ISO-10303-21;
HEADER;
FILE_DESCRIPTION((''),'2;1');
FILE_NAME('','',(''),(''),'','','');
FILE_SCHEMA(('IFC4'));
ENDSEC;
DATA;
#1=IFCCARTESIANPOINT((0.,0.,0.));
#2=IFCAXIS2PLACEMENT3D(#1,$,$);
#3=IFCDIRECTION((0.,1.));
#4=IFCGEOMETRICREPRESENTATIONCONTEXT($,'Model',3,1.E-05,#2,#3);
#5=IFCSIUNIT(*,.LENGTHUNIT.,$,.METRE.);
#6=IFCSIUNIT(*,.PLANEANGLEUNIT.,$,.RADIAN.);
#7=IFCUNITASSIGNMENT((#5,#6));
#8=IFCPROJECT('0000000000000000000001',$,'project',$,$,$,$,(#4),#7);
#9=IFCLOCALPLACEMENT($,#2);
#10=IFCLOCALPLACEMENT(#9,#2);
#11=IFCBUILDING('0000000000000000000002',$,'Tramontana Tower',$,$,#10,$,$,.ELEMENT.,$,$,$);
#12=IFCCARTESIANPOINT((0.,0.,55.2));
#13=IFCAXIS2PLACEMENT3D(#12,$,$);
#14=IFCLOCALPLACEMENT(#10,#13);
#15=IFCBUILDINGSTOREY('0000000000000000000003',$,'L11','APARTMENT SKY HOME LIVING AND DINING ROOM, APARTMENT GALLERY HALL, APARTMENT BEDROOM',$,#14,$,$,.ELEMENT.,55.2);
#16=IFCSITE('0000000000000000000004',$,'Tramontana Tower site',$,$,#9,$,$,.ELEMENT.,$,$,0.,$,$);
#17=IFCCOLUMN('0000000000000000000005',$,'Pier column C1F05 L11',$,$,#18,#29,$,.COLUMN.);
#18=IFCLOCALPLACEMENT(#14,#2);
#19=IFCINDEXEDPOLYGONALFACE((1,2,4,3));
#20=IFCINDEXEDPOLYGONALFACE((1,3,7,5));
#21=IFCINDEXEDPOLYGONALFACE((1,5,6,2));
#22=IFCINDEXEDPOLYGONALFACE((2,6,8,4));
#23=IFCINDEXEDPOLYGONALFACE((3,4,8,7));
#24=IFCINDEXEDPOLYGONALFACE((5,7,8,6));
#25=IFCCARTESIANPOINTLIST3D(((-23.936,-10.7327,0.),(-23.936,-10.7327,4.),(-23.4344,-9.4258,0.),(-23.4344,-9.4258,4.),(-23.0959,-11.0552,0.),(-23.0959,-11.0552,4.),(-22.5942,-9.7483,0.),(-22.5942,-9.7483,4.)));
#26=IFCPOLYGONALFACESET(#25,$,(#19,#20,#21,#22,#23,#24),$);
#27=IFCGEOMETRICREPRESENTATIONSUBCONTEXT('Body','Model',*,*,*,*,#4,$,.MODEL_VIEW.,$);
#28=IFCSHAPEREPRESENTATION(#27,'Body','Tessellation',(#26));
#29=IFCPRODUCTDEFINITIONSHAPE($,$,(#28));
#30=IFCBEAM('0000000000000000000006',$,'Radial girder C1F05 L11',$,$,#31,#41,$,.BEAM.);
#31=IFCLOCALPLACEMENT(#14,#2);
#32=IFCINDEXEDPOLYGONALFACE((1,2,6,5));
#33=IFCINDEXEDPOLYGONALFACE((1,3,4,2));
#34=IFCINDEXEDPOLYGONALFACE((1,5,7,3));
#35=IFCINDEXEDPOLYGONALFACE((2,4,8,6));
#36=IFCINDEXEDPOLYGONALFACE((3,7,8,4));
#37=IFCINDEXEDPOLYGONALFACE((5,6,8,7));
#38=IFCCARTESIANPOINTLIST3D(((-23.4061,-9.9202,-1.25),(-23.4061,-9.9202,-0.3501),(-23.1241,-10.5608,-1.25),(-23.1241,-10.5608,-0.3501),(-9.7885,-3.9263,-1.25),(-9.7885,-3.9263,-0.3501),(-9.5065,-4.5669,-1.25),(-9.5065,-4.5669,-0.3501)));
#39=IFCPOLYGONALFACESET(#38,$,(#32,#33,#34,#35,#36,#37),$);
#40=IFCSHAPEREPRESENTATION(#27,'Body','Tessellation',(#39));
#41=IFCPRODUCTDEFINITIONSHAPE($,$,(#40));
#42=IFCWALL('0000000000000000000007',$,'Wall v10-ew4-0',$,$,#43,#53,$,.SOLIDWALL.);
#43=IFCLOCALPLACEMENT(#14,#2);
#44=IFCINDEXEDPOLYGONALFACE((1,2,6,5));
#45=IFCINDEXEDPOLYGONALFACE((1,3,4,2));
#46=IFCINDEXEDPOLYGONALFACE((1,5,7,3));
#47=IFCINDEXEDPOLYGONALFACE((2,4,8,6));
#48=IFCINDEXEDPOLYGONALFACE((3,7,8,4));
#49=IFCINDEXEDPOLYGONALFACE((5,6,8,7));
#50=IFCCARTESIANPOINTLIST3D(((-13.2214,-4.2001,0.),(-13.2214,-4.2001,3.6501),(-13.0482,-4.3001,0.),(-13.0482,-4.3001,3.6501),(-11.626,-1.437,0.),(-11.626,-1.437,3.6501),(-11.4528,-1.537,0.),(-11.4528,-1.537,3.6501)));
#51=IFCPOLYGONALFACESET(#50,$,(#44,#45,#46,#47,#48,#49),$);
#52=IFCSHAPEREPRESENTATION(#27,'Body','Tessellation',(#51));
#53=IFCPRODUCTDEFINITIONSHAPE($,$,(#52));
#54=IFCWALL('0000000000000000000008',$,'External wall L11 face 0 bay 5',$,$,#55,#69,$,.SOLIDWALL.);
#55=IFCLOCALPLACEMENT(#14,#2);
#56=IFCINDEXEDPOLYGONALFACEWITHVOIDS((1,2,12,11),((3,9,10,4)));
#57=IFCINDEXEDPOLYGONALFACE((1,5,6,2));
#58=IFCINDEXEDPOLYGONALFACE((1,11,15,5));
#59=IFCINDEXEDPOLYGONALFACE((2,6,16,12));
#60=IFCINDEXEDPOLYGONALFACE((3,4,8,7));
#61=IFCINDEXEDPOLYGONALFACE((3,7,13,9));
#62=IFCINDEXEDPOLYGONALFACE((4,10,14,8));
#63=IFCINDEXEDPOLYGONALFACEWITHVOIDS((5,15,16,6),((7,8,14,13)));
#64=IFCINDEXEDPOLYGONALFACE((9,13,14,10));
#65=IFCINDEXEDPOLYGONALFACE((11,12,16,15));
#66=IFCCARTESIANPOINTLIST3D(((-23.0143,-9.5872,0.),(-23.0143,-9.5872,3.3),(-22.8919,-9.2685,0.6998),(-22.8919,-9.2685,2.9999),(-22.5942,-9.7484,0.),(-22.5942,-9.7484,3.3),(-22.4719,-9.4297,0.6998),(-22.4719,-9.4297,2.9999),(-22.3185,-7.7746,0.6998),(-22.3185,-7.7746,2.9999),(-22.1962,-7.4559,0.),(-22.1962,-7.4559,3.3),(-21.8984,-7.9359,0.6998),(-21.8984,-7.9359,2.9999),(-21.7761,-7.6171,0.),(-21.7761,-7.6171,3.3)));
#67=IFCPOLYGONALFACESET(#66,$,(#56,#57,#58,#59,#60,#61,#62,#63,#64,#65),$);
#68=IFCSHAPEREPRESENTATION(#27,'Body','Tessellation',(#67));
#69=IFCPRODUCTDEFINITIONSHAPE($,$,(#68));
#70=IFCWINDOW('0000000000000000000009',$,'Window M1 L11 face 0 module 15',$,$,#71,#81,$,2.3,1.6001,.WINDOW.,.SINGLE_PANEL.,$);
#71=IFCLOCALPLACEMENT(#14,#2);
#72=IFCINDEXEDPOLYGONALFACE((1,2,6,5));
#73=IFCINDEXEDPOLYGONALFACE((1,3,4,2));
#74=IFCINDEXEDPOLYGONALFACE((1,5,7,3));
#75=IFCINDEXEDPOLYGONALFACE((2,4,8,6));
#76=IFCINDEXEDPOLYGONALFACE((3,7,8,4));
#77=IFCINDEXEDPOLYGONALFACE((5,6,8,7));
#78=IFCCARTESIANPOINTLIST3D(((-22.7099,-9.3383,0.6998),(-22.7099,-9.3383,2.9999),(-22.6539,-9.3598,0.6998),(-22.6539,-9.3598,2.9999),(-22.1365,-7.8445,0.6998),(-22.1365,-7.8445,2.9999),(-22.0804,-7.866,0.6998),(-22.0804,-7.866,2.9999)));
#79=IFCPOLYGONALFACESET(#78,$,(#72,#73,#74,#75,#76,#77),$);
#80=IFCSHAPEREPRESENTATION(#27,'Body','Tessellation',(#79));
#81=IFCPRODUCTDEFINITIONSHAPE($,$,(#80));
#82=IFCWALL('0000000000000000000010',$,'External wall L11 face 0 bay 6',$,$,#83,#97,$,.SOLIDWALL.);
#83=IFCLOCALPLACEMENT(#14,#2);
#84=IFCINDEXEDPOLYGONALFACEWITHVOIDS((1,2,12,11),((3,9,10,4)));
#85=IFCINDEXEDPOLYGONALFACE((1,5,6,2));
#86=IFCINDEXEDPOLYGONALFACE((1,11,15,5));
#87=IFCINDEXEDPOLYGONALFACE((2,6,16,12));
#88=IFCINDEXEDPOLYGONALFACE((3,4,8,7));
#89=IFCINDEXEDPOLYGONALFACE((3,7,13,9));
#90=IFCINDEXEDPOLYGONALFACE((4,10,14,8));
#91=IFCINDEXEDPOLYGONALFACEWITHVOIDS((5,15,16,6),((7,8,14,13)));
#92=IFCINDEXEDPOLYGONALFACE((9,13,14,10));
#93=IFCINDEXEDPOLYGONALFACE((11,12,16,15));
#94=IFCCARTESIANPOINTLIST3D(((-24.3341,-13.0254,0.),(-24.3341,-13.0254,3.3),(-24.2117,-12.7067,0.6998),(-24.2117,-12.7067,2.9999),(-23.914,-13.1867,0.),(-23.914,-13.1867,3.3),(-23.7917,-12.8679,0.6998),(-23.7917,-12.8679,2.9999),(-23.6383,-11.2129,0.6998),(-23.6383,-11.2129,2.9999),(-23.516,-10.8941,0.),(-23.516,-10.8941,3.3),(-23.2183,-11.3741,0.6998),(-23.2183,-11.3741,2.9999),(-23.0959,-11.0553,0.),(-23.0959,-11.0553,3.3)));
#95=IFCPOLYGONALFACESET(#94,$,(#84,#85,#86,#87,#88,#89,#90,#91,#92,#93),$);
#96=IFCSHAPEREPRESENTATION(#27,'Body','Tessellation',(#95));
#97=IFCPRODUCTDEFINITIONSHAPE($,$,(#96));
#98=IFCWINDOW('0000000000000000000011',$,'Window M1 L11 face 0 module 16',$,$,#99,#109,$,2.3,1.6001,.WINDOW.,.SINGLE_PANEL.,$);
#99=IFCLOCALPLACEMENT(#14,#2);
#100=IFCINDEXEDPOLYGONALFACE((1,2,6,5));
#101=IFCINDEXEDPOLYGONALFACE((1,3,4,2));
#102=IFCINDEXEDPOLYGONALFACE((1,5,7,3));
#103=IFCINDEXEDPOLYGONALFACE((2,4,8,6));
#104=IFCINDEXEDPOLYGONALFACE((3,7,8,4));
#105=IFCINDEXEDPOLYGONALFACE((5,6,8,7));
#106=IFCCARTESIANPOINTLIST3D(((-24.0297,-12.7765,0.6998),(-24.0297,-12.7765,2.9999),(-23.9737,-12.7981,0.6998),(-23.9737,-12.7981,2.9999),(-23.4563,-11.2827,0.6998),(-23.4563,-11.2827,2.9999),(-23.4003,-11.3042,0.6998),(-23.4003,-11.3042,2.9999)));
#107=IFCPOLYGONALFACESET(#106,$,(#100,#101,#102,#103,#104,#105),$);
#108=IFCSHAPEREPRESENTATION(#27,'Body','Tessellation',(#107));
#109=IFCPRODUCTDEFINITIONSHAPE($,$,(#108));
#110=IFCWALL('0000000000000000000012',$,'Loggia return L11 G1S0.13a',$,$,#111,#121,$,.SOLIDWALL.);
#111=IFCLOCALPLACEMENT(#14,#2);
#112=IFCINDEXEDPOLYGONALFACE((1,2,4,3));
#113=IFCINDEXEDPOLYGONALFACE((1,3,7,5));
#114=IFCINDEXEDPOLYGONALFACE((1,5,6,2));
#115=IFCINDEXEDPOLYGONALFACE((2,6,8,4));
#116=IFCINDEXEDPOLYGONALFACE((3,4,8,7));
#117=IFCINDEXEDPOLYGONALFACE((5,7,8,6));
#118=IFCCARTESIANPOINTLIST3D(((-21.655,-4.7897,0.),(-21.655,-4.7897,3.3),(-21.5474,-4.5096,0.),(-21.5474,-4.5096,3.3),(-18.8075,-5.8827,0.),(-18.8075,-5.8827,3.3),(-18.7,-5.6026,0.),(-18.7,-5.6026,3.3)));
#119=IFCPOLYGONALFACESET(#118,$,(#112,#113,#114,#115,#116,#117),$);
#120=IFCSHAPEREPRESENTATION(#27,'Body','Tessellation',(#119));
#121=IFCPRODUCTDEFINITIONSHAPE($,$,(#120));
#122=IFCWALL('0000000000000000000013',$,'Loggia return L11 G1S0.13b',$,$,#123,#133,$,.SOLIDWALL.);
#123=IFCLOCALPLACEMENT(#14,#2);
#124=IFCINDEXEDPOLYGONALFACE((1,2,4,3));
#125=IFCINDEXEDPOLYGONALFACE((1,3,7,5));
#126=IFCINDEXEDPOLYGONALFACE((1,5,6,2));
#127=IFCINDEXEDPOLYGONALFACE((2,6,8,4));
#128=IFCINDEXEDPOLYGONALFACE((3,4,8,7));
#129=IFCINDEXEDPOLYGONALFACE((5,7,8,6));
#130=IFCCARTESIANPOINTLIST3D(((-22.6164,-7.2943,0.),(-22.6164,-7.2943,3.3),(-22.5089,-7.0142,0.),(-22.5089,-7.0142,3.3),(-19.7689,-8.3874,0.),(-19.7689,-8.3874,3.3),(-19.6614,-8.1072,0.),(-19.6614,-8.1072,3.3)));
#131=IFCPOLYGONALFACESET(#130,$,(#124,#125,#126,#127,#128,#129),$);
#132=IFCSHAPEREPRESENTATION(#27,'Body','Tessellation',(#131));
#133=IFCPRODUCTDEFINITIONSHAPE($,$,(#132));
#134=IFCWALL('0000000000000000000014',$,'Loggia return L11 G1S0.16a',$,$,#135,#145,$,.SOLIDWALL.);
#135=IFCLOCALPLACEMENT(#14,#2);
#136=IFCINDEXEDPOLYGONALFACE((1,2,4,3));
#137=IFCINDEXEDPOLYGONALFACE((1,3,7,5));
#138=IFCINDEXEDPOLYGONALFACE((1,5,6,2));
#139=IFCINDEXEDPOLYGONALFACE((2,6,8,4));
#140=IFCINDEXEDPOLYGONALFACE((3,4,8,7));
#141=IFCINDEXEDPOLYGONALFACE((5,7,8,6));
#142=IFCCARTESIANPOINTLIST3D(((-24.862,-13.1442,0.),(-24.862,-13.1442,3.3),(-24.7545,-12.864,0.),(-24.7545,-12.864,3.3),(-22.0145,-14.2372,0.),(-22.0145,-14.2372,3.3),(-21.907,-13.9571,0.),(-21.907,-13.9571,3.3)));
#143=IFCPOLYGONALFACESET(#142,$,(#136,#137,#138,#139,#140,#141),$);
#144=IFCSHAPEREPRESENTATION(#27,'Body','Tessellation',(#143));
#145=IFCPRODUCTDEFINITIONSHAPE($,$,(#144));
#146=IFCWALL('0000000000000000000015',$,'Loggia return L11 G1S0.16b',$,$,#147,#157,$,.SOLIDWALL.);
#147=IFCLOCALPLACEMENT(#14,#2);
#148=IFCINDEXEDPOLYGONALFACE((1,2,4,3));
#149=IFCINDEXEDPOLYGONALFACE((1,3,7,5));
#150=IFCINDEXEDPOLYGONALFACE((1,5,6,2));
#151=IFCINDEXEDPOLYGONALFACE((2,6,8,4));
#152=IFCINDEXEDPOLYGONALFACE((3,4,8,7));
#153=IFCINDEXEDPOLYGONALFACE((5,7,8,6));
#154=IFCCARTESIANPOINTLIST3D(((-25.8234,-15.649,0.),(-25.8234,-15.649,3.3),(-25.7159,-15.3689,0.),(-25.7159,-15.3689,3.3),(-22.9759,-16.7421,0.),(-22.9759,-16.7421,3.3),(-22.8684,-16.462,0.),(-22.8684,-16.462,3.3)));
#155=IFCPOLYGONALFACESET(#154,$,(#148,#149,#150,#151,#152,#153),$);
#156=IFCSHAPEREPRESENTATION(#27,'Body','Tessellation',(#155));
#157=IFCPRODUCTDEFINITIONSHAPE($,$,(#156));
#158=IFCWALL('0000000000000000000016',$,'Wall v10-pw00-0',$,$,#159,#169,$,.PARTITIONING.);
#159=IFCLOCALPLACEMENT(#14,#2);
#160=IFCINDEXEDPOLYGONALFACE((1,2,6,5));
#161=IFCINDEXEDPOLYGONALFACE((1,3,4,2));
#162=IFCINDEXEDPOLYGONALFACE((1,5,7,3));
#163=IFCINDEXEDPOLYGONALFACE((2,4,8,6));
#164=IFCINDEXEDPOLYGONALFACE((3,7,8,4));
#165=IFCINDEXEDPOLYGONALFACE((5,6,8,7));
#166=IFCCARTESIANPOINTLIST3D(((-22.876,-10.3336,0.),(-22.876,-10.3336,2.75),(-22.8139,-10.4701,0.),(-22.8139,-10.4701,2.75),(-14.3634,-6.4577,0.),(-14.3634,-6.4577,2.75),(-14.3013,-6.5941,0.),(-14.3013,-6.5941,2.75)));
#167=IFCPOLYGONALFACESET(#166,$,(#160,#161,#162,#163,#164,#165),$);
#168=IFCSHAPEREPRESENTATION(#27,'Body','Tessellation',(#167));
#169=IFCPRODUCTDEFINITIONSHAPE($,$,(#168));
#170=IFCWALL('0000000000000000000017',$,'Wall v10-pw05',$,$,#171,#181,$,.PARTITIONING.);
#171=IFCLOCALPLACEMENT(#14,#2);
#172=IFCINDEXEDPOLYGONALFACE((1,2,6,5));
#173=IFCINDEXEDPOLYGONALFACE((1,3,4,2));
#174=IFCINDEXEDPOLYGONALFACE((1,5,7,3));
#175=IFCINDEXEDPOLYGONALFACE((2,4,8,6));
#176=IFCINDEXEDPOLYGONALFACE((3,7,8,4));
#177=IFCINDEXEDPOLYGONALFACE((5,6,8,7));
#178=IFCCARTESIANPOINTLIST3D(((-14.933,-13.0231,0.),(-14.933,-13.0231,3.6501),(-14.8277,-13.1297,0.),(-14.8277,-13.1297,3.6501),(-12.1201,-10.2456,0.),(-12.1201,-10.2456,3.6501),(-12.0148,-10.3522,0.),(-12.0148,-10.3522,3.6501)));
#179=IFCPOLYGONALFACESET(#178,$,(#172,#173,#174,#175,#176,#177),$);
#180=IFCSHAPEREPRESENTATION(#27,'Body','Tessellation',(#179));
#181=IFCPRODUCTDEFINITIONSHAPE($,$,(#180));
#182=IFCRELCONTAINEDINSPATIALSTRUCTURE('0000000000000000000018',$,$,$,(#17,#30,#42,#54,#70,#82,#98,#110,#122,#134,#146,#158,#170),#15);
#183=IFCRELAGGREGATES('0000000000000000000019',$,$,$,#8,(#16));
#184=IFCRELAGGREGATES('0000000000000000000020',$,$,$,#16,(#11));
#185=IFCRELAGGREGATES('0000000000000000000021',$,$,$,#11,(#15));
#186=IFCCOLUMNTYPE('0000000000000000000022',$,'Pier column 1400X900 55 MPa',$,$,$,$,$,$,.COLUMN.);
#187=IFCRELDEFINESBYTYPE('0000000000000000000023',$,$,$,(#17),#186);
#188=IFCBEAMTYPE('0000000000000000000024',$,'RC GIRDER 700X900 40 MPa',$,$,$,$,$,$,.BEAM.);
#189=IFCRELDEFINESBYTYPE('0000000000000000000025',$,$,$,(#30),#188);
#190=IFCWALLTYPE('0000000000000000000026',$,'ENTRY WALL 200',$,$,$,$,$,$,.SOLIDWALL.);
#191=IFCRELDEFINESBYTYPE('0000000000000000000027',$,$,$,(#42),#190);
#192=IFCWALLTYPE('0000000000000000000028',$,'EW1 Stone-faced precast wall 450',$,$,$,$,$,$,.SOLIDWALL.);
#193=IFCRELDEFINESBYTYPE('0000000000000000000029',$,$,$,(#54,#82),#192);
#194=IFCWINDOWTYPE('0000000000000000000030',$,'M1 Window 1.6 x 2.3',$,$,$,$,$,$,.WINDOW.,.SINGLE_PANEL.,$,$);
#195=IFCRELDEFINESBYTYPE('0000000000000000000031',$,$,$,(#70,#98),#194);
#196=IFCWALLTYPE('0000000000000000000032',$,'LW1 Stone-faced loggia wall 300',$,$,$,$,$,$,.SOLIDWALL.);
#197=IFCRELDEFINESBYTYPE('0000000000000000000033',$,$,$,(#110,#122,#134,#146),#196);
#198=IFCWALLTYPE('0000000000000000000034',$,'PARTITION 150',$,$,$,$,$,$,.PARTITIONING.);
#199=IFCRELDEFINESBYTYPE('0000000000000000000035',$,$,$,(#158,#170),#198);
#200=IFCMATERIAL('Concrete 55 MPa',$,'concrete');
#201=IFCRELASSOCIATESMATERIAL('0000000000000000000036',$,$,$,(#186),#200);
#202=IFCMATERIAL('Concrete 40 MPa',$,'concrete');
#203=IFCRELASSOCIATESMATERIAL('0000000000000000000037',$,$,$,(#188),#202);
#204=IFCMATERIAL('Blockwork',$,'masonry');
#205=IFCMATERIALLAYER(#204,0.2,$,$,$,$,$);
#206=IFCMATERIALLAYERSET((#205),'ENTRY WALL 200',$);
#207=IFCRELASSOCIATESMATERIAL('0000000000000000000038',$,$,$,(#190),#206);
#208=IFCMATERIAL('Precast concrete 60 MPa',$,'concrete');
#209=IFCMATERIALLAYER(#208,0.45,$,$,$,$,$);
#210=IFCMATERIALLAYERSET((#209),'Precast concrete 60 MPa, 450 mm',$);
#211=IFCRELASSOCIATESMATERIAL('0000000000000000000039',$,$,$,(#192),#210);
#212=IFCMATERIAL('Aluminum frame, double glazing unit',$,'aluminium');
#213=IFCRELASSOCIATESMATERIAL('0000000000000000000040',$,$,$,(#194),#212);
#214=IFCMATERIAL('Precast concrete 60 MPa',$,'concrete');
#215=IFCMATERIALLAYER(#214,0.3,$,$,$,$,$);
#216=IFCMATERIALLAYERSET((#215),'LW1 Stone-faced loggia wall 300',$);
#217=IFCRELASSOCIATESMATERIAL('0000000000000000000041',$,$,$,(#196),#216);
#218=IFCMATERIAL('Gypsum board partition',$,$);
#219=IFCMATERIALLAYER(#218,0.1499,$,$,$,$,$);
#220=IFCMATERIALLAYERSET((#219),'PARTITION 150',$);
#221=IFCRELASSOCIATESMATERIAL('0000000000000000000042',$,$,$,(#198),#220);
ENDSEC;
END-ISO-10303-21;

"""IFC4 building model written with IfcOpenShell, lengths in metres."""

from ifc_helpers import new_model, si_unit, direction, frame, frame_2d, origin, origin_2d, place, context, subcontext, project, spatial, rectangle, extrude, material, layer, layer_set, material_profile, profile_set, type_object, element, fill, save


model = new_model("IFC4")

# Units and contexts
model_context = context("Model", 3, precision=1e-05, world=origin(), true_north=direction((0.0, 1.0)))
body_context = subcontext(model_context, "Body", "Model", "MODEL_VIEW")
ifc_project = project(units=[si_unit("LENGTHUNIT", "METRE"), si_unit("PLANEANGLEUNIT", "RADIAN")], contexts=[model_context])

# Site, building, storey
site_placement = place(None, origin())
site = spatial("IfcSite", under=ifc_project, at=site_placement, Name="Tramontana Tower site", CompositionType="ELEMENT", RefElevation=0.0)
building_placement = place(site_placement, origin())
building = spatial("IfcBuilding", under=site, at=building_placement, Name="Tramontana Tower", CompositionType="ELEMENT")
storey_placement = place(building_placement, frame((0.0, 0.0, 55.2)))
storey = spatial("IfcBuildingStorey", under=building, at=storey_placement, Name="L11", Description="APARTMENT SKY HOME LIVING AND DINING ROOM, APARTMENT GALLERY HALL, APARTMENT BEDROOM", CompositionType="ELEMENT", Elevation=55.2)

# Column
ifc_material_1 = material(Name="Concrete 55 MPa", Category="concrete")
ifc_material_profile_1 = material_profile(ifc_material_1, rectangle(XDim=1.3999, YDim=0.8999, at=origin_2d()), Name="Pier column 1400X900 55 MPa")
ifc_profile_set_1 = profile_set([ifc_material_profile_1], Name="Concrete 55 MPa")
column_type = type_object("IfcColumnType", Name="Pier column 1400X900 55 MPa", PredefinedType="COLUMN", material=ifc_profile_set_1)
column_placement = place(storey_placement, frame((-23.2651, -10.2405, 0.0), z_axis=(0.0, 0.0, 1.0), x_axis=(-0.358368, -0.93358, 0.0)))
element("IfcColumn", 1, at=column_placement, inside=storey, type_object=column_type, Name="Pier column C1F05 L11", PredefinedType="COLUMN", context=body_context, shape_type="SweptSolid", body=[
    extrude(rectangle(XDim=1.3999, YDim=0.8999, at=origin_2d()), origin(), (0.0, 0.0, 1.0), 4.0),
])

# Beam
ifc_material_2 = material(Name="Concrete 40 MPa", Category="concrete")
ifc_material_profile_2 = material_profile(ifc_material_2, rectangle(XDim=0.7, YDim=0.8999, at=origin_2d()), Name="RC GIRDER 700X900 40 MPa")
ifc_profile_set_2 = profile_set([ifc_material_profile_2], Name="Concrete 40 MPa")
beam_type = type_object("IfcBeamType", Name="RC GIRDER 700X900 40 MPa", PredefinedType="BEAM", material=ifc_profile_set_2)
beam_placement = place(storey_placement, frame((-23.2651, -10.2405, -0.8), z_axis=(0.915263, 0.402858, 0.0), x_axis=(-0.402858, 0.915263, 0.0)))
element("IfcBeam", 2, at=beam_placement, inside=storey, type_object=beam_type, Name="Radial girder C1F05 L11", PredefinedType="BEAM", context=body_context, shape_type="SweptSolid", body=[
    extrude(rectangle(XDim=0.7, YDim=0.8999, at=origin_2d()), origin(), (0.0, 0.0, 1.0), 14.8784),
])

# Wall
ifc_material_3 = material(Name="Blockwork", Category="masonry")
ifc_layer_1 = layer(ifc_material_3, 0.2)
ifc_layer_set_1 = layer_set([ifc_layer_1], Name="ENTRY WALL 200")
wall_type_1 = type_object("IfcWallType", Name="ENTRY WALL 200", PredefinedType="SOLIDWALL", material=ifc_layer_set_1)
wall_1_placement = place(storey_placement, frame((-13.1348, -4.25, 0.0), z_axis=(0.0, 0.0, 1.0), x_axis=(0.500032, 0.866007, 0.0)))
element("IfcWall", 3, at=wall_1_placement, inside=storey, type_object=wall_type_1, Name="Wall v10-ew4-0", PredefinedType="SOLIDWALL", context=body_context, shape_type="SweptSolid", body=[
    extrude(rectangle(XDim=3.1907, YDim=0.2, at=frame_2d((1.5952, 0.0))), origin(), (0.0, 0.0, 1.0), 3.6501),
])

# Walls, openings, windows
ifc_material_4 = material(Name="Precast concrete 60 MPa", Category="concrete")
ifc_layer_2 = layer(ifc_material_4, 0.45)
ifc_layer_set_2 = layer_set([ifc_layer_2], Name="Precast concrete 60 MPa, 450 mm")
wall_type_2 = type_object("IfcWallType", Name="EW1 Stone-faced precast wall 450", PredefinedType="SOLIDWALL", material=ifc_layer_set_2)
wall_2_placement = place(storey_placement, frame((-21.9861, -7.5364, 0.0), z_axis=(0.0, 0.0, 1.0), x_axis=(-0.358356, -0.933585, 0.0)))
wall_2 = element("IfcWall", 4, at=wall_2_placement, inside=storey, type_object=wall_type_2, Name="External wall L11 face 0 bay 5", PredefinedType="SOLIDWALL", context=body_context, shape_type="SweptSolid", body=[
    extrude(rectangle(XDim=2.283, YDim=0.45, at=frame_2d((1.1416, 0.0))), origin(), (0.0, 0.0, 1.0), 3.3),
])
opening_1_placement = place(wall_2_placement, frame((0.3416, 0.0, 0.7)))
opening_1 = element("IfcOpeningElement", 5, at=opening_1_placement, cuts=wall_2, PredefinedType="OPENING", context=body_context, shape_type="SweptSolid", body=[
    extrude(rectangle(XDim=1.6001, YDim=2.3, at=frame_2d((0.8, 1.1499))), frame((0.0, 0.2349, 0.0), z_axis=(0.0, -1.0, 0.0), x_axis=(1.0, 0.0, 0.0)), (0.0, 0.0, 1.0), 0.47),
])
ifc_material_5 = material(Name="Aluminum frame, double glazing unit", Category="aluminium")
window_type = type_object("IfcWindowType", Name="M1 Window 1.6 x 2.3", PartitioningType="SINGLE_PANEL", PredefinedType="WINDOW", material=ifc_material_5)
window_1_placement = place(opening_1_placement, origin())
window_1 = element("IfcWindow", 6, at=window_1_placement, inside=storey, type_object=window_type, Name="Window M1 L11 face 0 module 15", OverallHeight=2.3, OverallWidth=1.6001, PartitioningType="SINGLE_PANEL", PredefinedType="WINDOW", context=body_context, shape_type="SweptSolid", body=[
    extrude(rectangle(XDim=1.6001, YDim=2.3, at=frame_2d((0.8, 1.1499))), frame((0.0, 0.03, 0.0), z_axis=(0.0, -1.0, 0.0), x_axis=(1.0, 0.0, 0.0)), (0.0, 0.0, 1.0), 0.0601),
])
fill(opening_1, window_1)
wall_3_placement = place(storey_placement, frame((-23.3059, -10.9746, 0.0), z_axis=(0.0, 0.0, 1.0), x_axis=(-0.358356, -0.933585, 0.0)))
wall_3 = element("IfcWall", 7, at=wall_3_placement, inside=storey, type_object=wall_type_2, Name="External wall L11 face 0 bay 6", PredefinedType="SOLIDWALL", context=body_context, shape_type="SweptSolid", body=[
    extrude(rectangle(XDim=2.283, YDim=0.45, at=frame_2d((1.1416, 0.0))), origin(), (0.0, 0.0, 1.0), 3.3),
])
opening_2_placement = place(wall_3_placement, frame((0.3416, 0.0, 0.7)))
opening_2 = element("IfcOpeningElement", 8, at=opening_2_placement, cuts=wall_3, PredefinedType="OPENING", context=body_context, shape_type="SweptSolid", body=[
    extrude(rectangle(XDim=1.6001, YDim=2.3, at=frame_2d((0.8, 1.1499))), frame((0.0, 0.2349, 0.0), z_axis=(0.0, -1.0, 0.0), x_axis=(1.0, 0.0, 0.0)), (0.0, 0.0, 1.0), 0.47),
])
window_2_placement = place(opening_2_placement, origin())
window_2 = element("IfcWindow", 9, at=window_2_placement, inside=storey, type_object=window_type, Name="Window M1 L11 face 0 module 16", OverallHeight=2.3, OverallWidth=1.6001, PartitioningType="SINGLE_PANEL", PredefinedType="WINDOW", context=body_context, shape_type="SweptSolid", body=[
    extrude(rectangle(XDim=1.6001, YDim=2.3, at=frame_2d((0.8, 1.1499))), frame((0.0, 0.03, 0.0), z_axis=(0.0, -1.0, 0.0), x_axis=(1.0, 0.0, 0.0)), (0.0, 0.0, 1.0), 0.0601),
])
fill(opening_2, window_2)

# Shared definitions
ifc_material_6 = material(Name="Precast concrete 60 MPa", Category="concrete")
ifc_layer_3 = layer(ifc_material_6, 0.3)
ifc_layer_set_3 = layer_set([ifc_layer_3], Name="LW1 Stone-faced loggia wall 300")
wall_type_3 = type_object("IfcWallType", Name="LW1 Stone-faced loggia wall 300", PredefinedType="SOLIDWALL", material=ifc_layer_set_3)

# Walls
for number, where, z_axis, x_axis, name in (
    (10, (-21.6011, -4.6497, 0.0), (0.0, 0.0, 1.0), (0.933581, -0.358368, 0.0), "Loggia return L11 G1S0.13a"),
    (11, (-22.5625, -7.1543, 0.0), (0.0, 0.0, 1.0), (0.933581, -0.358368, 0.0), "Loggia return L11 G1S0.13b"),
):
    element("IfcWall", number, at=place(storey_placement, frame(where, z_axis=z_axis, x_axis=x_axis)), inside=storey, type_object=wall_type_3, Name=name, PredefinedType="SOLIDWALL", context=body_context, shape_type="SweptSolid", body=[
        extrude(rectangle(XDim=3.05, YDim=0.3, at=frame_2d((1.5249, 0.0))), origin(), (0.0, 0.0, 1.0), 3.3),
    ])

# Walls
for number, where, z_axis, x_axis, name in (
    (12, (-24.8081, -13.0042, 0.0), (0.0, 0.0, 1.0), (0.933581, -0.358368, 0.0), "Loggia return L11 G1S0.16a"),
    (13, (-25.7695, -15.509, 0.0), (0.0, 0.0, 1.0), (0.933581, -0.358368, 0.0), "Loggia return L11 G1S0.16b"),
):
    element("IfcWall", number, at=place(storey_placement, frame(where, z_axis=z_axis, x_axis=x_axis)), inside=storey, type_object=wall_type_3, Name=name, PredefinedType="SOLIDWALL", context=body_context, shape_type="SweptSolid", body=[
        extrude(rectangle(XDim=3.05, YDim=0.3, at=frame_2d((1.5249, 0.0))), origin(), (0.0, 0.0, 1.0), 3.3),
    ])
ifc_material_7 = material(Name="Gypsum board partition")
ifc_layer_4 = layer(ifc_material_7, 0.1499)
ifc_layer_set_4 = layer_set([ifc_layer_4], Name="PARTITION 150")
wall_type_4 = type_object("IfcWallType", Name="PARTITION 150", PredefinedType="PARTITIONING", material=ifc_layer_set_4)
wall_4_placement = place(storey_placement, frame((-22.845, -10.4019, 0.0), z_axis=(0.0, 0.0, 1.0), x_axis=(0.910102, 0.414385, 0.0)))
element("IfcWall", 14, at=wall_4_placement, inside=storey, type_object=wall_type_4, Name="Wall v10-pw00-0", PredefinedType="PARTITIONING", context=body_context, shape_type="SweptSolid", body=[
    extrude(rectangle(XDim=9.3535, YDim=0.1499, at=frame_2d((4.6768, 0.0))), origin(), (0.0, 0.0, 1.0), 2.75),
])
wall_5_placement = place(storey_placement, frame((-14.8804, -13.0764, 0.0), z_axis=(0.0, 0.0, 1.0), x_axis=(0.71157, 0.702615, 0.0)))
element("IfcWall", 15, at=wall_5_placement, inside=storey, type_object=wall_type_4, Name="Wall v10-pw05", PredefinedType="PARTITIONING", context=body_context, shape_type="SweptSolid", body=[
    extrude(rectangle(XDim=3.9531, YDim=0.1499, at=frame_2d((1.9766, 0.0))), origin(), (0.0, 0.0, 1.0), 3.6501),
])

save(model, "model.ifc")
